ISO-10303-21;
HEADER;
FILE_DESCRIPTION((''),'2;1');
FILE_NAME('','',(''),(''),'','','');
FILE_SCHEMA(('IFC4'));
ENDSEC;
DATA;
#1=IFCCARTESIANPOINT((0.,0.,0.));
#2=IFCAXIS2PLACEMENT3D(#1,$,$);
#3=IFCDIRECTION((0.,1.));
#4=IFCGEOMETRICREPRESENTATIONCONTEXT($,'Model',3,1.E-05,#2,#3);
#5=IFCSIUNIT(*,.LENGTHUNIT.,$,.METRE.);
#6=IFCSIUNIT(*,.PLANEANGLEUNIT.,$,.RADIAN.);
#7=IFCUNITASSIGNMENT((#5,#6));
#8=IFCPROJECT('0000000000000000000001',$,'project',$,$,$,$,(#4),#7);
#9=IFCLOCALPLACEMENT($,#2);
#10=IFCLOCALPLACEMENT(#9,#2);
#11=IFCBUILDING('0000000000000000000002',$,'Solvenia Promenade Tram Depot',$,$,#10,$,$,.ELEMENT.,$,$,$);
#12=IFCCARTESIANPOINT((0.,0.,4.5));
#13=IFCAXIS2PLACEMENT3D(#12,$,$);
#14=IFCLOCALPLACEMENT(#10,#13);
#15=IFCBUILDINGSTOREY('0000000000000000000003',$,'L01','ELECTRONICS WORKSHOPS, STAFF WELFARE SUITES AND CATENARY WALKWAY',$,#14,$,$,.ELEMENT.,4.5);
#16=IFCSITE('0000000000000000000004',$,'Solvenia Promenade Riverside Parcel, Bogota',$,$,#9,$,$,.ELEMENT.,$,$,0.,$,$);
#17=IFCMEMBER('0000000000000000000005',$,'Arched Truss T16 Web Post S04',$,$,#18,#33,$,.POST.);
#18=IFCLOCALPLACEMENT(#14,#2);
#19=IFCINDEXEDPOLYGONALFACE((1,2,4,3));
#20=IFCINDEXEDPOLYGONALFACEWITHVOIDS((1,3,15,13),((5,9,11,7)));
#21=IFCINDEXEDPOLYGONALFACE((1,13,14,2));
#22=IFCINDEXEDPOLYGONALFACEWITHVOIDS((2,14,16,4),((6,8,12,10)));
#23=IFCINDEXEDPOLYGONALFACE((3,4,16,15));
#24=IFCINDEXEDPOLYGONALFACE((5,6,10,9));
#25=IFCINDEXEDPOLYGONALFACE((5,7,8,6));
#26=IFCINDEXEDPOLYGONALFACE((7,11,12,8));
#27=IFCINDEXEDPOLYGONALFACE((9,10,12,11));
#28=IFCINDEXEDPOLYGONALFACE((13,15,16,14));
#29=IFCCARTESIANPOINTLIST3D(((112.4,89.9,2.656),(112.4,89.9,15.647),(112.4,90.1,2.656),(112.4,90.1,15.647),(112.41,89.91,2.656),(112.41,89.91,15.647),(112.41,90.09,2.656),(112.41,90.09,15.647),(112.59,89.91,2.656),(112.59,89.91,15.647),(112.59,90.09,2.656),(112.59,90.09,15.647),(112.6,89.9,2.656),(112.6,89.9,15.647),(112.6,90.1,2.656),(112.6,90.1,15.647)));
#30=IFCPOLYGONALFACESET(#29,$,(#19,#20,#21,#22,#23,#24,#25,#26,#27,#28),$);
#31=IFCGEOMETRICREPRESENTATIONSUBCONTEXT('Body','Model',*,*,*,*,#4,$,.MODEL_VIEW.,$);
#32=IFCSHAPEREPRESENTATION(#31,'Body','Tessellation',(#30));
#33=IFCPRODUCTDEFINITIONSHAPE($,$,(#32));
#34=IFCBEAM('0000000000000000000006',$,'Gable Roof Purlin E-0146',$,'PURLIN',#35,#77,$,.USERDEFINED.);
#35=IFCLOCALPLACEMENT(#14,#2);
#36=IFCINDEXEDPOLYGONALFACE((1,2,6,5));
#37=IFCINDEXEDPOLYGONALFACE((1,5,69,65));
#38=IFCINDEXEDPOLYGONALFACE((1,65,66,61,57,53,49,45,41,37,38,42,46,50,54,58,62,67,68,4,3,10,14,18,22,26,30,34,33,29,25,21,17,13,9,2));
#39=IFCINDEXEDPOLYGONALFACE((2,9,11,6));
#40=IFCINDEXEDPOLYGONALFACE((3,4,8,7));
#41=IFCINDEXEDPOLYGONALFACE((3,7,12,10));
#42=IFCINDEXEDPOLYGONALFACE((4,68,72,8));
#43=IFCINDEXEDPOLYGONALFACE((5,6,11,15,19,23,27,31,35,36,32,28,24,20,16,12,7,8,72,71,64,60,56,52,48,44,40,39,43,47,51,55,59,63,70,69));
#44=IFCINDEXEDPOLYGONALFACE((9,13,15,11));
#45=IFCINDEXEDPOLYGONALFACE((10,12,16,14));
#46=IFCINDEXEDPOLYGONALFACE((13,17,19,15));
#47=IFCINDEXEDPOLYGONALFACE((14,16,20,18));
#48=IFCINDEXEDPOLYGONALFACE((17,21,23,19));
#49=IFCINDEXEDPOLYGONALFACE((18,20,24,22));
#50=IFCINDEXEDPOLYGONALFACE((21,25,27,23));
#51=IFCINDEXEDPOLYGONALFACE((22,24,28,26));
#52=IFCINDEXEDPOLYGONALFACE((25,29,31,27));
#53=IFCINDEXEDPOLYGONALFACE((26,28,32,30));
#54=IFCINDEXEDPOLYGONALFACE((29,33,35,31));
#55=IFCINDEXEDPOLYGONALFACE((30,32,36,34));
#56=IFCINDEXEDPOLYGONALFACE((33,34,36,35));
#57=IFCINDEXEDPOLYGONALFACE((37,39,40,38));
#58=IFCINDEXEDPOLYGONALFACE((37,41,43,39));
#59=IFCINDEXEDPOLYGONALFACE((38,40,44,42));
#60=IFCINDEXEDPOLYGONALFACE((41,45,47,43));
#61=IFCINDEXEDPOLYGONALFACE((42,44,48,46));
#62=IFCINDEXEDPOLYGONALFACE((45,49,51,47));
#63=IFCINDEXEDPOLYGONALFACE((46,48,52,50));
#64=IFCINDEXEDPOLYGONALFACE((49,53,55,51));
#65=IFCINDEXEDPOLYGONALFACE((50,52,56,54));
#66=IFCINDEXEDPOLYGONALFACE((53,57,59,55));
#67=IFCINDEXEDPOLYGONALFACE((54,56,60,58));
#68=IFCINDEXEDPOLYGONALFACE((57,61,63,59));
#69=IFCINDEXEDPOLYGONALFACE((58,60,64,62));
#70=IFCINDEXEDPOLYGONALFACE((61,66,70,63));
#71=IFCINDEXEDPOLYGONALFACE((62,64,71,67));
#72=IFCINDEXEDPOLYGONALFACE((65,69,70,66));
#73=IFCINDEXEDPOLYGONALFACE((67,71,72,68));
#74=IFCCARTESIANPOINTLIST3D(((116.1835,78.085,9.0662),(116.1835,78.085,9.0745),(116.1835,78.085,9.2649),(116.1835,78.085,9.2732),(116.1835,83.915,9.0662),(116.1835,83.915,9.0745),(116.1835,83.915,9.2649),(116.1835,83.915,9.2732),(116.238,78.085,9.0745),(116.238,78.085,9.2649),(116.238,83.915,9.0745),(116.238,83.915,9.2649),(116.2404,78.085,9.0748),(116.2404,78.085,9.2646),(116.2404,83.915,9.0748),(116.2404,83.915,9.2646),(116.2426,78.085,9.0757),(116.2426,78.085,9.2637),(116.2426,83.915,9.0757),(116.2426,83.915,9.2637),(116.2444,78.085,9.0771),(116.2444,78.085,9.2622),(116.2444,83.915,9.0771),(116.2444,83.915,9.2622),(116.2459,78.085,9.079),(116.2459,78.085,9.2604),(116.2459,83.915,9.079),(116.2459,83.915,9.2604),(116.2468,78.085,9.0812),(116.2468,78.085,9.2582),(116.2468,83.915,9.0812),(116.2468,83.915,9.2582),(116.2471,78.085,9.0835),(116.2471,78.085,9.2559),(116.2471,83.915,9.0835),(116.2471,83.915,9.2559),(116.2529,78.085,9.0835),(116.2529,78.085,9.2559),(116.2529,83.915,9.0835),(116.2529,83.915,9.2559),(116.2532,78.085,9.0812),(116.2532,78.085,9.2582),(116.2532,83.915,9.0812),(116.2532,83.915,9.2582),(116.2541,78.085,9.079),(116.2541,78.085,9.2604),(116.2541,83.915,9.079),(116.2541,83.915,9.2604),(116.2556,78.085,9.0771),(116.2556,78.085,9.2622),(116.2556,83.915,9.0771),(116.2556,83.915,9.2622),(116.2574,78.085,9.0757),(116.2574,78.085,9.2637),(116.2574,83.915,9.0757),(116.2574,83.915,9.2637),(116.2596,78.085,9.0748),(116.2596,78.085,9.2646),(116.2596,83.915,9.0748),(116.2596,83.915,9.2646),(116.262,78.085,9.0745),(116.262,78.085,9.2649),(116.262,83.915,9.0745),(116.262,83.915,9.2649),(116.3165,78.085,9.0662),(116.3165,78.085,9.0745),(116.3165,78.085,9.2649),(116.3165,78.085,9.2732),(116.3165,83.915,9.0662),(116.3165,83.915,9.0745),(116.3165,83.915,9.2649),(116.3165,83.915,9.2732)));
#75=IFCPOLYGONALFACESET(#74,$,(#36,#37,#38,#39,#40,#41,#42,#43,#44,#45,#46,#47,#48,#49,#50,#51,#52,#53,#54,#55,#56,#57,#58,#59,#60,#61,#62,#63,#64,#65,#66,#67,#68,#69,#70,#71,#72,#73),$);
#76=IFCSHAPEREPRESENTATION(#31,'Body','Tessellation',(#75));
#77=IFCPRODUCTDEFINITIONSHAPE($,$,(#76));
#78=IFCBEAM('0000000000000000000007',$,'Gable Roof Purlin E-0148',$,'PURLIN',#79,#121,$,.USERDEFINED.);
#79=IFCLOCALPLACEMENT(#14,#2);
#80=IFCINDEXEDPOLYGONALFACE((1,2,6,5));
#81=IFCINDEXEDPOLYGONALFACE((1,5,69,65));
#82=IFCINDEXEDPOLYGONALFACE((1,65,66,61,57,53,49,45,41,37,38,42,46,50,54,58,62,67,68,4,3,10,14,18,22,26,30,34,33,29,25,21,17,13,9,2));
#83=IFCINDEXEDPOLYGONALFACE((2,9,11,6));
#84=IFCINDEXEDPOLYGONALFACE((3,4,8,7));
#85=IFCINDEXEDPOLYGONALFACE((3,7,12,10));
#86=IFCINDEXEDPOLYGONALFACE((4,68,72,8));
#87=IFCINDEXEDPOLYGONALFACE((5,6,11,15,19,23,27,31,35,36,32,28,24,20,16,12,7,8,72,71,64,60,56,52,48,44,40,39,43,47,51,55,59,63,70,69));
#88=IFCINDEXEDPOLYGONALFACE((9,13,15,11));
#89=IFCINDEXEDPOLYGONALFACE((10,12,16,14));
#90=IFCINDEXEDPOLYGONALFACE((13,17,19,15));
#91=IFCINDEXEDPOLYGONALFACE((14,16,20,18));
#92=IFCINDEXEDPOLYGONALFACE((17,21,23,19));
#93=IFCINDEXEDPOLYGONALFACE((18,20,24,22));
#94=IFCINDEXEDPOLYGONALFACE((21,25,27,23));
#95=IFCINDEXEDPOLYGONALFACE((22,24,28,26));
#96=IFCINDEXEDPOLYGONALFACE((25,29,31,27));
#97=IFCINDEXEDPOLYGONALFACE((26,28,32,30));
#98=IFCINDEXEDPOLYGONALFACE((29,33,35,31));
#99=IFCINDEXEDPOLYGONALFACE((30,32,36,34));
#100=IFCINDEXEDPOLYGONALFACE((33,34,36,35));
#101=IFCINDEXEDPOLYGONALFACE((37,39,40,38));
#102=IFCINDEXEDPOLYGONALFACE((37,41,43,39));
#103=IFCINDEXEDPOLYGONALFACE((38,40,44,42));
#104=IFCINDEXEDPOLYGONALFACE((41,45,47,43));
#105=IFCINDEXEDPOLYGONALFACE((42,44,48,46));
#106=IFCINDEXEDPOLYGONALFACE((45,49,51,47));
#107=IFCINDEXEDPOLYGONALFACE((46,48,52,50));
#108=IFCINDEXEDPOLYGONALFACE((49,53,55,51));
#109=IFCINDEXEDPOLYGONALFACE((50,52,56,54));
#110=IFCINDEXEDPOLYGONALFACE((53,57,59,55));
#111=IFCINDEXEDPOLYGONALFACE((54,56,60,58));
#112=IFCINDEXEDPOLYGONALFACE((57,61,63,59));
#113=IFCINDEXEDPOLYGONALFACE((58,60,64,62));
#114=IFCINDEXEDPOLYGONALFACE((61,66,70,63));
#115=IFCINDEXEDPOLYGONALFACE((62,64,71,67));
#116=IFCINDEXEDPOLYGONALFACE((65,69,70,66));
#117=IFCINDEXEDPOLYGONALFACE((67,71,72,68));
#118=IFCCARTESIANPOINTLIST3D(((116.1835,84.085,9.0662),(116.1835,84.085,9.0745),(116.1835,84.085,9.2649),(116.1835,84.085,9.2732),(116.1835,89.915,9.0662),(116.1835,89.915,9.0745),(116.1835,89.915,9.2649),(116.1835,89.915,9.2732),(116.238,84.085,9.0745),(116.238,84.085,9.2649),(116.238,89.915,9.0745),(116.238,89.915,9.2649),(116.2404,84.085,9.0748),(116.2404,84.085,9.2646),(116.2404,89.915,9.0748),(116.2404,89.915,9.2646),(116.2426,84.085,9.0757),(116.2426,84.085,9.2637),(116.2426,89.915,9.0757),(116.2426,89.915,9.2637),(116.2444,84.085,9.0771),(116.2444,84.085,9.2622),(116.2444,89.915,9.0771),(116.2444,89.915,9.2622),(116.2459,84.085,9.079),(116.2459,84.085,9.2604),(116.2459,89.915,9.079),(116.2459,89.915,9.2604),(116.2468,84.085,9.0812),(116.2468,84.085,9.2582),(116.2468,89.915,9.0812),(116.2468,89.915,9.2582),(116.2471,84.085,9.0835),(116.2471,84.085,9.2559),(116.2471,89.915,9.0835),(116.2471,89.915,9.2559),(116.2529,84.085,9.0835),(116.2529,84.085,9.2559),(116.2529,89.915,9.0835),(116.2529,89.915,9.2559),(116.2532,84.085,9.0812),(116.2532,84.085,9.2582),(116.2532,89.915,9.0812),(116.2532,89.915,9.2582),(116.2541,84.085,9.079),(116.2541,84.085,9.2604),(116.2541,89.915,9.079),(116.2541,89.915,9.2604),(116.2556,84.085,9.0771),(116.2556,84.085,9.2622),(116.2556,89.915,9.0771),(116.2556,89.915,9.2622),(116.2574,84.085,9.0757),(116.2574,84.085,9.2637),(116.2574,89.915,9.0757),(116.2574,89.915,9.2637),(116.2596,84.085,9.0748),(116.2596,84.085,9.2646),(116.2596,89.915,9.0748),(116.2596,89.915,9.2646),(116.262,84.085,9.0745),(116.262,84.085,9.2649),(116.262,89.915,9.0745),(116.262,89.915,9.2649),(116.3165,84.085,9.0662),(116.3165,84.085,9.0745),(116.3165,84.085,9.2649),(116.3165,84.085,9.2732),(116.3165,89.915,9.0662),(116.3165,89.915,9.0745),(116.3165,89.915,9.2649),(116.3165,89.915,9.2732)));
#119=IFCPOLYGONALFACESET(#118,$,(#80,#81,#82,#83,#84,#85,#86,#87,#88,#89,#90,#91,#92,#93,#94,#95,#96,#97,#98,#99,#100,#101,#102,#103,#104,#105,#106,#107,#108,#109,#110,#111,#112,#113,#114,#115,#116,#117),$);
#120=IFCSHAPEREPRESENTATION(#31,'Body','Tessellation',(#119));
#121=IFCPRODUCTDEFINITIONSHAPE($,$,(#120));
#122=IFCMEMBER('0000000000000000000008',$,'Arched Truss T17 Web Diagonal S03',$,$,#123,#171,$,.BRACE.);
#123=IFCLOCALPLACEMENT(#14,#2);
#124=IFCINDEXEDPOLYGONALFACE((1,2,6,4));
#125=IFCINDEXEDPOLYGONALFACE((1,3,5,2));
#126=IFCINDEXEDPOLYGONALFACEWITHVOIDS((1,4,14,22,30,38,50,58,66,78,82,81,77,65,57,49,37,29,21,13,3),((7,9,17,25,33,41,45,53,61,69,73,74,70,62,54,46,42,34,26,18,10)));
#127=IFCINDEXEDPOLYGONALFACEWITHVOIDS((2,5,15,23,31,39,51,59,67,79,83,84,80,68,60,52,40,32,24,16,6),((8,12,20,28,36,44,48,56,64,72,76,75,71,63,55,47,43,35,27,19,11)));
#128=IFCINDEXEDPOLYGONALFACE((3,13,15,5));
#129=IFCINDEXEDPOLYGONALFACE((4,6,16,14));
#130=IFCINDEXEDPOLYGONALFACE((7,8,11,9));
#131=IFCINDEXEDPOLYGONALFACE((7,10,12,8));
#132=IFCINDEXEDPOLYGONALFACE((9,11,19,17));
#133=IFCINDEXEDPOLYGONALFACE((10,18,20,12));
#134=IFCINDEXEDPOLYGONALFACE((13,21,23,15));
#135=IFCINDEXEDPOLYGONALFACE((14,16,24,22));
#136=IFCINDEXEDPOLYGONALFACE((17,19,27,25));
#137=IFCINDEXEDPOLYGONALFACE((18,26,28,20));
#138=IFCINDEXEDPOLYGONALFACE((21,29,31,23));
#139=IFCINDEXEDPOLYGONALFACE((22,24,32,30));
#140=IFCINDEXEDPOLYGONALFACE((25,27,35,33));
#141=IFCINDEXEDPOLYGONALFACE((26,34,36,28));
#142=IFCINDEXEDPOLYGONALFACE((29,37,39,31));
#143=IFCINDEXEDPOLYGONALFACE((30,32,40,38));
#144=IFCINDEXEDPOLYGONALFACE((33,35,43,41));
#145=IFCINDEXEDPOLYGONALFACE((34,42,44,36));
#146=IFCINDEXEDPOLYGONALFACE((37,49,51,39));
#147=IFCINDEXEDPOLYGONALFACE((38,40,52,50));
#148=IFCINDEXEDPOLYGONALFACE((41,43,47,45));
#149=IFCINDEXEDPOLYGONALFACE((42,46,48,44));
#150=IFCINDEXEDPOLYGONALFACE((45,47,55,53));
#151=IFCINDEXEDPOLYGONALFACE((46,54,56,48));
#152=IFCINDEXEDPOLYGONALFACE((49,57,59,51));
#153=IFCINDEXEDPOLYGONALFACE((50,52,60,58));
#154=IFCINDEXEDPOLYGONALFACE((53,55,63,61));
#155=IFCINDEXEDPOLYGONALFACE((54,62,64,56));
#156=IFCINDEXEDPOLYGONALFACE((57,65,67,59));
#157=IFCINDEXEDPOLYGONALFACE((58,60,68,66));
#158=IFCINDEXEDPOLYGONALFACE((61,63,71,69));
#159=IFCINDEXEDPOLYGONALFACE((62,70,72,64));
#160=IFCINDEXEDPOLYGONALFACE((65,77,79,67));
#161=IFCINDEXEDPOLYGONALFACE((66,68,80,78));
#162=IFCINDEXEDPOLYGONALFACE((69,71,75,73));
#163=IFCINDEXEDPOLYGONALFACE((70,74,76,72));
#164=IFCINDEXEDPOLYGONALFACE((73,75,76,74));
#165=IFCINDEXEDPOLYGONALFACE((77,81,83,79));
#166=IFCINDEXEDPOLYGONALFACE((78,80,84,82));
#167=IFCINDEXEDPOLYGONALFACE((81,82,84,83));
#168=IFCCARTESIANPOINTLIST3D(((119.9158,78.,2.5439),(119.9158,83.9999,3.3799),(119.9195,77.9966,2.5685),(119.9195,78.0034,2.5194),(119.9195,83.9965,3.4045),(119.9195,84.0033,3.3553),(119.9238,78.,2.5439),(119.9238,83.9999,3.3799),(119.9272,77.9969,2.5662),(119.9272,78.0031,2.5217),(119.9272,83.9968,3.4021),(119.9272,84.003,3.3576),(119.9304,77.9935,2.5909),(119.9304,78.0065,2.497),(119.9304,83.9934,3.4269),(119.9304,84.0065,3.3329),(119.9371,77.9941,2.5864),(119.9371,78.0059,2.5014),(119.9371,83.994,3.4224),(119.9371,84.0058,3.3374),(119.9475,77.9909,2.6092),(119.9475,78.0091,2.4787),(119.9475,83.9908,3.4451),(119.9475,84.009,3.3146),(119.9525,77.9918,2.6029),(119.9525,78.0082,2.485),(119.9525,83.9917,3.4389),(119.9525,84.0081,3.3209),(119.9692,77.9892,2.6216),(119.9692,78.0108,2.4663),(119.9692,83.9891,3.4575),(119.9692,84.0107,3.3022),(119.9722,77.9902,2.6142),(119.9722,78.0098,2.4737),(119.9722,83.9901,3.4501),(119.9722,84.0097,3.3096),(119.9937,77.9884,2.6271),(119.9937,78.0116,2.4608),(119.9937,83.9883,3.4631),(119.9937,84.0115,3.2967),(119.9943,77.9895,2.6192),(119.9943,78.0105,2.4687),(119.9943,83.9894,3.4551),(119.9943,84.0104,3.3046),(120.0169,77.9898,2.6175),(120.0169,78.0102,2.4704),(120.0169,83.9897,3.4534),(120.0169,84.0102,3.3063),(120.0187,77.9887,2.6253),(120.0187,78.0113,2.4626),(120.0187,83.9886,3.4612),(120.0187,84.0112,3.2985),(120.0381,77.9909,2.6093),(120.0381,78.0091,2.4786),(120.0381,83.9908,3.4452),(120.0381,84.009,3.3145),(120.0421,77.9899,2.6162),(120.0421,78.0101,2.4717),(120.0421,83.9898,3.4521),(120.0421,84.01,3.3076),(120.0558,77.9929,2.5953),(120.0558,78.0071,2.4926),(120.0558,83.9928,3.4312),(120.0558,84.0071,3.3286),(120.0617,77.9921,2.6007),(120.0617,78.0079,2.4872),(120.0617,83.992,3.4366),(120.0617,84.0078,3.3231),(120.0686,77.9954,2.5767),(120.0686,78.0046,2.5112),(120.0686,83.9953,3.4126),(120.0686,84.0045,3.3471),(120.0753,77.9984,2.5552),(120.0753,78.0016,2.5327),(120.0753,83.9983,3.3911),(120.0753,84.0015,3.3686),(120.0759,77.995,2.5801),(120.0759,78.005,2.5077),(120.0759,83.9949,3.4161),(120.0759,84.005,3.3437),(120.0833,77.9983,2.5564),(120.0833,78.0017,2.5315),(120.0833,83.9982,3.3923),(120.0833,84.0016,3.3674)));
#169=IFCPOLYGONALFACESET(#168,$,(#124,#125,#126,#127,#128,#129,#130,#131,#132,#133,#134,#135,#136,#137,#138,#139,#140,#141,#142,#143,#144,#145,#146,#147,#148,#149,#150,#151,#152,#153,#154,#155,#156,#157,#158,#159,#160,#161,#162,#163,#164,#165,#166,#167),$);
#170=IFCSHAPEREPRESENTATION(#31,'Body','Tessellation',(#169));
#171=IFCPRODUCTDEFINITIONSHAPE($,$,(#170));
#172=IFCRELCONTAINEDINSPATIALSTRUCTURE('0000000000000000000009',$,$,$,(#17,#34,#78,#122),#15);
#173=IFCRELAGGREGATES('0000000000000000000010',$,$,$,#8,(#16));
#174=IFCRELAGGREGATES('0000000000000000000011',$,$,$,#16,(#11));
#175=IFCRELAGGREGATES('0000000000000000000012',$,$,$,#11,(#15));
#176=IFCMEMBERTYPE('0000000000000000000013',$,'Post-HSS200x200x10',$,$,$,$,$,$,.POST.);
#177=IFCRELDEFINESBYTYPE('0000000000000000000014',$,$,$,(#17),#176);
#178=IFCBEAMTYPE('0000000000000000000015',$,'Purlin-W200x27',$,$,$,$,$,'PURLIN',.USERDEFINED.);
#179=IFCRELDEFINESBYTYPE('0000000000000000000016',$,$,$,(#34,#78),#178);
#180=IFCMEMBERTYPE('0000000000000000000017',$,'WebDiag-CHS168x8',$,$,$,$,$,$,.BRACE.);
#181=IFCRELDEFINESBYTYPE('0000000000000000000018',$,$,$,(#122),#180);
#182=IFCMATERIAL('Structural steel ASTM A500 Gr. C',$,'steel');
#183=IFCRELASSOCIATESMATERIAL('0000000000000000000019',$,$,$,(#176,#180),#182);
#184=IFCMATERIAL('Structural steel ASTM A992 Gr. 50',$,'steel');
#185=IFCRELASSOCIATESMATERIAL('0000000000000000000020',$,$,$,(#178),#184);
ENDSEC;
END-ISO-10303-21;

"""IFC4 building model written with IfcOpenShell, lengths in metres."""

from ifc_helpers import new_model, si_unit, direction, frame, origin, origin_2d, place, context, subcontext, project, spatial, hollow_rectangle, hollow_circle, i_section, extrude, material, material_profile, profile_set, type_object, element, save


model = new_model("IFC4")

# Units and contexts
model_context = context("Model", 3, precision=1e-05, world=origin(), true_north=direction((0.0, 1.0)))
body_context = subcontext(model_context, "Body", "Model", "MODEL_VIEW")
ifc_project = project(units=[si_unit("LENGTHUNIT", "METRE"), si_unit("PLANEANGLEUNIT", "RADIAN")], contexts=[model_context])

# Site, building, storey
site_placement = place(None, origin())
site = spatial("IfcSite", under=ifc_project, at=site_placement, Name="Solvenia Promenade Riverside Parcel, Bogota", CompositionType="ELEMENT", RefElevation=0.0)
building_placement = place(site_placement, origin())
building = spatial("IfcBuilding", under=site, at=building_placement, Name="Solvenia Promenade Tram Depot", CompositionType="ELEMENT")
storey_placement = place(building_placement, frame((0.0, 0.0, 4.5)))
storey = spatial("IfcBuildingStorey", under=building, at=storey_placement, Name="L01", Description="ELECTRONICS WORKSHOPS, STAFF WELFARE SUITES AND CATENARY WALKWAY", CompositionType="ELEMENT", Elevation=4.5)

# Member
ifc_material_1 = material(Name="Structural steel ASTM A500 Gr. C", Category="steel")
ifc_material_profile_1 = material_profile(ifc_material_1, hollow_rectangle(XDim=0.2, YDim=0.2, WallThickness=0.01, at=origin_2d()), Name="HSS200x200x10", Category="steel")
ifc_profile_set_1 = profile_set([ifc_material_profile_1], Name="Structural steel ASTM A500 Gr. C")
member_type_1 = type_object("IfcMemberType", Name="Post-HSS200x200x10", PredefinedType="POST", material=ifc_profile_set_1)
member_1_placement = place(storey_placement, frame((112.5, 90.0, 2.656), z_axis=(0.0, 0.0, 1.0), x_axis=(1.0, 0.0, 0.0)))
element("IfcMember", 1, at=member_1_placement, inside=storey, type_object=member_type_1, Name="Arched Truss T16 Web Post S04", PredefinedType="POST", context=body_context, shape_type="SweptSolid", body=[
    extrude(hollow_rectangle(XDim=0.2, YDim=0.2, WallThickness=0.01, at=origin_2d()), origin(), (0.0, 0.0, 1.0), 12.991),
])

# Beams
ifc_material_2 = material(Name="Structural steel ASTM A992 Gr. 50", Category="steel")
ifc_material_profile_2 = material_profile(ifc_material_2, i_section(OverallWidth=0.1331, OverallDepth=0.207, WebThickness=0.0059, FlangeThickness=0.0083, FilletRadius=0.009, at=origin_2d()), Name="W200x27", Category="steel")
ifc_profile_set_2 = profile_set([ifc_material_profile_2], Name="Structural steel ASTM A992 Gr. 50")
beam_type = type_object("IfcBeamType", Name="Purlin-W200x27", ElementType="PURLIN", PredefinedType="USERDEFINED", material=ifc_profile_set_2)
for number, where, z_axis, x_axis, name in (
    (2, (116.25, 78.085, 9.1697), (0.0, 1.0, 0.0), (-1.0, 0.0, 0.0), "Gable Roof Purlin E-0146"),
    (3, (116.25, 84.085, 9.1697), (0.0, 1.0, 0.0), (-1.0, 0.0, 0.0), "Gable Roof Purlin E-0148"),
):
    element("IfcBeam", number, at=place(storey_placement, frame(where, z_axis=z_axis, x_axis=x_axis)), inside=storey, type_object=beam_type, Name=name, ObjectType="PURLIN", PredefinedType="USERDEFINED", context=body_context, shape_type="SweptSolid", body=[
        extrude(i_section(OverallWidth=0.1331, OverallDepth=0.207, WebThickness=0.0059, FlangeThickness=0.0083, FilletRadius=0.009, at=origin_2d()), origin(), (0.0, 0.0, 1.0), 5.8301),
    ])

# Member
ifc_material_profile_3 = material_profile(ifc_material_1, hollow_circle(Radius=0.0842, WallThickness=0.0081, at=origin_2d()), Name="CHS168.3x8", Category="steel")
ifc_profile_set_3 = profile_set([ifc_material_profile_3], Name="Structural steel ASTM A500 Gr. C")
member_type_2 = type_object("IfcMemberType", Name="WebDiag-CHS168x8", PredefinedType="BRACE", material=ifc_profile_set_3)
member_2_placement = place(storey_placement, frame((120.0, 78.0, 2.5439), z_axis=(0.0, 0.990434, 0.13799), x_axis=(-1.0, 0.0, 0.0)))
element("IfcMember", 4, at=member_2_placement, inside=storey, type_object=member_type_2, Name="Arched Truss T17 Web Diagonal S03", PredefinedType="BRACE", context=body_context, shape_type="SweptSolid", body=[
    extrude(hollow_circle(Radius=0.0842, WallThickness=0.0081, at=origin_2d()), origin(), (0.0, 0.0, 1.0), 6.0579),
])

save(model, "model.ifc")
